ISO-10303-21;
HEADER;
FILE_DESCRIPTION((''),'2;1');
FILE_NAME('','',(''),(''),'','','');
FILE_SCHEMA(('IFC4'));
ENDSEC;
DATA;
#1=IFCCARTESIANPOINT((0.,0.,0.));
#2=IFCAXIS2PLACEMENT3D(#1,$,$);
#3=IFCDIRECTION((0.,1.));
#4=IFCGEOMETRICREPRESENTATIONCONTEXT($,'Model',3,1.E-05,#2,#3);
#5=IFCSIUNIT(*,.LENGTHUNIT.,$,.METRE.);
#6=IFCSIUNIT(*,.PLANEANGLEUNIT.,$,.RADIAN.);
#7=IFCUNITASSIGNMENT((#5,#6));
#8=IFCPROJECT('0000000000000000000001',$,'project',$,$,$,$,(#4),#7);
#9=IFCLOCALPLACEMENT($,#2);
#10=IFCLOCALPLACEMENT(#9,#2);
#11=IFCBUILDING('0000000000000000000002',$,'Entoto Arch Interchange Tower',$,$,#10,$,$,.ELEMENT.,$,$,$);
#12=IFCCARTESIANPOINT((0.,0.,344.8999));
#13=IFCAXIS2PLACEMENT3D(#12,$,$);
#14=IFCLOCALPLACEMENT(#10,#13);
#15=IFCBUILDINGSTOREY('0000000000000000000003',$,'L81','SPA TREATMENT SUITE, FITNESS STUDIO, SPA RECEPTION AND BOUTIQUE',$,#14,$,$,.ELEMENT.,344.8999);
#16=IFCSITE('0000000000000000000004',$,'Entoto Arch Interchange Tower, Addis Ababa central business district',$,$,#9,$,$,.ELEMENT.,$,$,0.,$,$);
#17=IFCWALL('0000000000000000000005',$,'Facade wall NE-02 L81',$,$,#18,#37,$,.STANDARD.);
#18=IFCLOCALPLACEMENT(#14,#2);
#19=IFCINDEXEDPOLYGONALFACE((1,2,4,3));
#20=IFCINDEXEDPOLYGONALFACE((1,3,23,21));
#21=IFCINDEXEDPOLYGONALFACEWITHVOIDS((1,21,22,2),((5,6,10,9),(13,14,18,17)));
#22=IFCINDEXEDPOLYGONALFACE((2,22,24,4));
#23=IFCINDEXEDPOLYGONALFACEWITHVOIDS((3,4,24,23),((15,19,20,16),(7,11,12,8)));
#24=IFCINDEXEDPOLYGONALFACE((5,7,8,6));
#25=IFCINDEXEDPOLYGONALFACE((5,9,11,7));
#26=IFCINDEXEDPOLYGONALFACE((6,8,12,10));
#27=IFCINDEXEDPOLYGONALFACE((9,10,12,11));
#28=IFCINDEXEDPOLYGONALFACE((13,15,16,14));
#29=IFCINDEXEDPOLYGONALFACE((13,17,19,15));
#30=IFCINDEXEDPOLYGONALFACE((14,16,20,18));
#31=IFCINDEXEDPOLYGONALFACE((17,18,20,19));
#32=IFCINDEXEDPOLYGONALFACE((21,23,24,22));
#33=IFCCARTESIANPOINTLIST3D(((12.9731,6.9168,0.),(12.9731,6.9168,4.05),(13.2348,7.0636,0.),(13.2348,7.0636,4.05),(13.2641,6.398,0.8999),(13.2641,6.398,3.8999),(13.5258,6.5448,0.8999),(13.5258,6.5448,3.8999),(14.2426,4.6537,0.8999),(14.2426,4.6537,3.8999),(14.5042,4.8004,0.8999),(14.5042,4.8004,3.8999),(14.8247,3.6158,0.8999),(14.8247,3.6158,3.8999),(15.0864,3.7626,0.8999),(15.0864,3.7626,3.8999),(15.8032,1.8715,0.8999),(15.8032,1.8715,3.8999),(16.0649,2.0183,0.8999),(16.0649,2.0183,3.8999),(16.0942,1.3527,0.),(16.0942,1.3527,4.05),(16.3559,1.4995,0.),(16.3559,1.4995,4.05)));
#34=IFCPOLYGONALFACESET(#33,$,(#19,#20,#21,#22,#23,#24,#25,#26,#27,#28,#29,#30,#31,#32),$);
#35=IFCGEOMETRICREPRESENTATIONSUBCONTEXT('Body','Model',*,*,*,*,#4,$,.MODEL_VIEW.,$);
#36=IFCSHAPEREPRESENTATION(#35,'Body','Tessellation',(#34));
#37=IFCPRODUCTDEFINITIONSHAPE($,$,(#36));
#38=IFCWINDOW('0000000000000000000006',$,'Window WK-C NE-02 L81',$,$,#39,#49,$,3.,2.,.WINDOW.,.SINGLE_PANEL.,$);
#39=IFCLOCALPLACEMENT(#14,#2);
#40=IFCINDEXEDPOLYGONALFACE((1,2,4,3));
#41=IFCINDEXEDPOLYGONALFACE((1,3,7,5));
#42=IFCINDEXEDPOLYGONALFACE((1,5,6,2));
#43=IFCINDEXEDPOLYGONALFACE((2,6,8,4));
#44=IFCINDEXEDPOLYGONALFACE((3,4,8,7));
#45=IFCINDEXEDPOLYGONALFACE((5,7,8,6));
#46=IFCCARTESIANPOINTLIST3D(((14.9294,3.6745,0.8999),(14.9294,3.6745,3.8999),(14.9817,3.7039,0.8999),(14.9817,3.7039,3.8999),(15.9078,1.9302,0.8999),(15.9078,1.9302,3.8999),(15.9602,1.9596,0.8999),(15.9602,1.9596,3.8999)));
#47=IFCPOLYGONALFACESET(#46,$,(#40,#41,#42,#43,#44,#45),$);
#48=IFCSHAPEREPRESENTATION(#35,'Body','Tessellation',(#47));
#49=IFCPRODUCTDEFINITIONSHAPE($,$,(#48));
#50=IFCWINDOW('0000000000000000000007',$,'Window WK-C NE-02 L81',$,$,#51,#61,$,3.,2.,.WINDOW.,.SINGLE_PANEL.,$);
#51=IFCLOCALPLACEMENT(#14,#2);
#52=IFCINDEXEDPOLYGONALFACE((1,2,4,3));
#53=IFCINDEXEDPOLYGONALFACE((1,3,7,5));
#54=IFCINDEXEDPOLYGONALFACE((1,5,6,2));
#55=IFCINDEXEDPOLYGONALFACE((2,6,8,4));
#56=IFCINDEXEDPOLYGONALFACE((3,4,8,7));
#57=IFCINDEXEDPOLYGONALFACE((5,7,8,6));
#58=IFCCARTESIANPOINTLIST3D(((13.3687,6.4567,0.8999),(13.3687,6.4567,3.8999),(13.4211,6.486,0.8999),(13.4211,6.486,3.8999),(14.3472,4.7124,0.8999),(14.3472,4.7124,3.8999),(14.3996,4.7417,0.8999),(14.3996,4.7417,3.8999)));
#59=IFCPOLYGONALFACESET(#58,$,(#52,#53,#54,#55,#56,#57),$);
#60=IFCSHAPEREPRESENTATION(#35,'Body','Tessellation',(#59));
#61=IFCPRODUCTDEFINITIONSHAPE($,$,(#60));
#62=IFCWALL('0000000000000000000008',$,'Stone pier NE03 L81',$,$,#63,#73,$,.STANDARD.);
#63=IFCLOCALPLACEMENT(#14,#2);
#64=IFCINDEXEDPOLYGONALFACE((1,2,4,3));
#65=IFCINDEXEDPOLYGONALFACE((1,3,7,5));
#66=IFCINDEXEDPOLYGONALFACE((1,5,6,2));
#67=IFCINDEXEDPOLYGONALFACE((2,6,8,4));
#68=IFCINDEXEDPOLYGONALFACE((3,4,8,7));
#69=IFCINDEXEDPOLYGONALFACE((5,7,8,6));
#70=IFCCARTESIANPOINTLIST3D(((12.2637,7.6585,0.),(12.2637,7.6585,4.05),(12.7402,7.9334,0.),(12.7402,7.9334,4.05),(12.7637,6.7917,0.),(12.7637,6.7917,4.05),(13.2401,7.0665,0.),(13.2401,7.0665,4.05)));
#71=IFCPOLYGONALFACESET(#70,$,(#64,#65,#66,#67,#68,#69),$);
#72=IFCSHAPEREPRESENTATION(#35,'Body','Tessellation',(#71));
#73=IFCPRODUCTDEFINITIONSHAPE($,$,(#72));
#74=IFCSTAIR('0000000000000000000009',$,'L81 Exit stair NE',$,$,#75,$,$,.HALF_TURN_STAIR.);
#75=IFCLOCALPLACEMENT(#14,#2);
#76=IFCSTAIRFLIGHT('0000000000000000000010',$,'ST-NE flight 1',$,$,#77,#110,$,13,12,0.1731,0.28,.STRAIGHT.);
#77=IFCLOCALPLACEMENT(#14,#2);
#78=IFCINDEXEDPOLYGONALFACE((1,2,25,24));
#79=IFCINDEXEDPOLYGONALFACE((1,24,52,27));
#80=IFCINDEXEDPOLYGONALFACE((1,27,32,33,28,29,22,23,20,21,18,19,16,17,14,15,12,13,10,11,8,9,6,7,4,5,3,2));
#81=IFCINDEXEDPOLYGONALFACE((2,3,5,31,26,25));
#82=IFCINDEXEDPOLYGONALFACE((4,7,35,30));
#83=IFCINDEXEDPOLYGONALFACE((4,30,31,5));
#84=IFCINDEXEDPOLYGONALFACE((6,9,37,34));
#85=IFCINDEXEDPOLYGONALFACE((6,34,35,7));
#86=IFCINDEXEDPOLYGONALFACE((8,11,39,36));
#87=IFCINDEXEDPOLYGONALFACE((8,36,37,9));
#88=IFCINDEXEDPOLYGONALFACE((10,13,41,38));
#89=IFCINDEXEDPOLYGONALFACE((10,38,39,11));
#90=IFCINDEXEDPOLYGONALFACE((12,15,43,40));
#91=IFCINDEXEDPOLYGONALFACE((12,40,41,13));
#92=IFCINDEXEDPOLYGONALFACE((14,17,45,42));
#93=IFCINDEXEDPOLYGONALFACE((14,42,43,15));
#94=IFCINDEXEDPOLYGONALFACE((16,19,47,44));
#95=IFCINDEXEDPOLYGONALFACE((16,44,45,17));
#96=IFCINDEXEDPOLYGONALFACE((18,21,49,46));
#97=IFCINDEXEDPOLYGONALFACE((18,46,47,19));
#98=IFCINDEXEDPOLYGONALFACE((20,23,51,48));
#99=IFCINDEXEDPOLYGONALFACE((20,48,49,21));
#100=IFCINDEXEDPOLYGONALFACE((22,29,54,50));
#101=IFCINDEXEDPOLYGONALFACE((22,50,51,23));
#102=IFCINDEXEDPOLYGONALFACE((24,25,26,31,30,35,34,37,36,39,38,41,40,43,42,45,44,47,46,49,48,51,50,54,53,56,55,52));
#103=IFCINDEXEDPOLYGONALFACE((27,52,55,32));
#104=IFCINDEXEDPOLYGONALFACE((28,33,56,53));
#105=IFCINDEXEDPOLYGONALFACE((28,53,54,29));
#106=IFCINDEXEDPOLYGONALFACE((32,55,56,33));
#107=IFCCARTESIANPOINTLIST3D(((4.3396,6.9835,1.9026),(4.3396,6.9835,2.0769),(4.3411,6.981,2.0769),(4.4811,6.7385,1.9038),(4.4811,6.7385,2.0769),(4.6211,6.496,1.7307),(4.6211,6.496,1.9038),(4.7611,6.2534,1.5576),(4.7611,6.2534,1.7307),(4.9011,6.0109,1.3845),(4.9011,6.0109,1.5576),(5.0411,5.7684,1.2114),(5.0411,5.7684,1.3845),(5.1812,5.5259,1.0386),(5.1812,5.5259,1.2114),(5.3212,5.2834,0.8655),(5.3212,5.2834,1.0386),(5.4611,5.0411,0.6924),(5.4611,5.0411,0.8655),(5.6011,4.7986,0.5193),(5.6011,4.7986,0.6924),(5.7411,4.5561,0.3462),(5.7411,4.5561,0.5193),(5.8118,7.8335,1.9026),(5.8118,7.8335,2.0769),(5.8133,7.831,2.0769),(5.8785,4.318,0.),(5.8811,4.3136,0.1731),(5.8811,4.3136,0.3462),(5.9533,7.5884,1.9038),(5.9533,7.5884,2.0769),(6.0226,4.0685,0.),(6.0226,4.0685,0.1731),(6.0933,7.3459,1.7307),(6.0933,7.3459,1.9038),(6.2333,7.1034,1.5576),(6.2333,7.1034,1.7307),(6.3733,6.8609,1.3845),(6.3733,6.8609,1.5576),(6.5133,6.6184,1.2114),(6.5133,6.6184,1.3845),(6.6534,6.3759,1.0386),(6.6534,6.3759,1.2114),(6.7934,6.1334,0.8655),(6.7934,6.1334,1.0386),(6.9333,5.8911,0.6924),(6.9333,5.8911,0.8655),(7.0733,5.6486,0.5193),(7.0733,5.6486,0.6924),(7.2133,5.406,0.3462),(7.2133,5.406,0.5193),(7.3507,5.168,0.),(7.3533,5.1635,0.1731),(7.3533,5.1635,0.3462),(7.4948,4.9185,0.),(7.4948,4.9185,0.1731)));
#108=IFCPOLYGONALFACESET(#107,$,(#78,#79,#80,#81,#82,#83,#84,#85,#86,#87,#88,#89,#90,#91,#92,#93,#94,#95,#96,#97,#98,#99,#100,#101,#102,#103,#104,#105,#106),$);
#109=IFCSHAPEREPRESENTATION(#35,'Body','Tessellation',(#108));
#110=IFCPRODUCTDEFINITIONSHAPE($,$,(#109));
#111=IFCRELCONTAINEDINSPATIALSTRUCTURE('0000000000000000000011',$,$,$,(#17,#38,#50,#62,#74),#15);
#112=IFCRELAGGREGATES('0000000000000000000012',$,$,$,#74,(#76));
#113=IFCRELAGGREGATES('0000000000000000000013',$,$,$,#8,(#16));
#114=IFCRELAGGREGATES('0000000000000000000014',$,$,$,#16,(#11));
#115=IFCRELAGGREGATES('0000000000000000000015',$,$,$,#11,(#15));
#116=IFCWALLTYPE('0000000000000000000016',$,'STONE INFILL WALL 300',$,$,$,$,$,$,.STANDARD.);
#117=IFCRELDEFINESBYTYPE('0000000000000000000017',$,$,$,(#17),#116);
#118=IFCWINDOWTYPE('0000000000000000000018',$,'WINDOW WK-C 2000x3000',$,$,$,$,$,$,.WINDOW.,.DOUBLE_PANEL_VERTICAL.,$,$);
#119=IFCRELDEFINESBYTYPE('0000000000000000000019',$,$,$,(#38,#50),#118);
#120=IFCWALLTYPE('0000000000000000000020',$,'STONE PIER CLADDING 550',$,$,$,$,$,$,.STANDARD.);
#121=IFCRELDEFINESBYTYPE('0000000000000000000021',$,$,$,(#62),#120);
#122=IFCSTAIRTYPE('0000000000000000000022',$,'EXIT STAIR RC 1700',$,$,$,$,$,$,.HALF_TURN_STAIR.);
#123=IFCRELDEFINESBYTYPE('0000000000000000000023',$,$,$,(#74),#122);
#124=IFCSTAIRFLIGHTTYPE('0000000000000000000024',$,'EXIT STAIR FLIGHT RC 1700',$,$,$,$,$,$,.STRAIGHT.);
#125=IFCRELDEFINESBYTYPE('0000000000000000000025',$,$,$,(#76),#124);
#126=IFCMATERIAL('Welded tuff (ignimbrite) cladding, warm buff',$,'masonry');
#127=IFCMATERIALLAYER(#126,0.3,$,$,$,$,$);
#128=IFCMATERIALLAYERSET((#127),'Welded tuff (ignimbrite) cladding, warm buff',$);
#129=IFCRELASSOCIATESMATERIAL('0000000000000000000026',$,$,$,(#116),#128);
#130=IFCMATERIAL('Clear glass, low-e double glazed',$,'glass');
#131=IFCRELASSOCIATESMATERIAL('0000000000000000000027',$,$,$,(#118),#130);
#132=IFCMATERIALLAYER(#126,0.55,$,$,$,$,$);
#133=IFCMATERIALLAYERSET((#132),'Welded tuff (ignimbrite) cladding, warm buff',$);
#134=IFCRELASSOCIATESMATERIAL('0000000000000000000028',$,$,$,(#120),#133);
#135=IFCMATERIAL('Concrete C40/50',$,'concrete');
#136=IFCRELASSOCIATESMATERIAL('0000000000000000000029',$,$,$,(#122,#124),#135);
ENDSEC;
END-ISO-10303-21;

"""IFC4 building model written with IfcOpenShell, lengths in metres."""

from ifc_helpers import new_model, si_unit, direction, frame, frame_2d, origin, place, context, subcontext, project, spatial, polyline, rectangle, outline, extrude, material, layer, layer_set, type_object, element, fill, aggregate, save


model = new_model("IFC4")

# Units and contexts
model_context = context("Model", 3, precision=1e-05, world=origin(), true_north=direction((0.0, 1.0)))
body_context = subcontext(model_context, "Body", "Model", "MODEL_VIEW")
ifc_project = project(units=[si_unit("LENGTHUNIT", "METRE"), si_unit("PLANEANGLEUNIT", "RADIAN")], contexts=[model_context])

# Site, building, storey
site_placement = place(None, origin())
site = spatial("IfcSite", under=ifc_project, at=site_placement, Name="Entoto Arch Interchange Tower, Addis Ababa central business district", CompositionType="ELEMENT", RefElevation=0.0)
building_placement = place(site_placement, origin())
building = spatial("IfcBuilding", under=site, at=building_placement, Name="Entoto Arch Interchange Tower", CompositionType="ELEMENT")
storey_placement = place(building_placement, frame((0.0, 0.0, 344.8999)))
storey = spatial("IfcBuildingStorey", under=building, at=storey_placement, Name="L81", Description="SPA TREATMENT SUITE, FITNESS STUDIO, SPA RECEPTION AND BOUTIQUE", CompositionType="ELEMENT", Elevation=344.8999)

# Shared definitions
ifc_material_1 = material(Name="Concrete C40/50", Category="concrete")

# Wall, openings, windows
ifc_material_2 = material(Name="Welded tuff (ignimbrite) cladding, warm buff", Category="masonry")
ifc_layer_1 = layer(ifc_material_2, 0.3)
ifc_layer_set_1 = layer_set([ifc_layer_1], Name="Welded tuff (ignimbrite) cladding, warm buff")
wall_type_1 = type_object("IfcWallType", Name="STONE INFILL WALL 300", PredefinedType="STANDARD", material=ifc_layer_set_1)
wall_1_placement = place(storey_placement, frame((16.2251, 1.426, 0.0), z_axis=(0.0, 0.0, 1.0), x_axis=(-0.489233, 0.872153, 0.0)))
wall_1 = element("IfcWall", 1, at=wall_1_placement, inside=storey, type_object=wall_type_1, Name="Facade wall NE-02 L81", PredefinedType="STANDARD", context=body_context, shape_type="SweptSolid", body=[
    extrude(rectangle(XDim=6.3796, YDim=0.3, at=frame_2d((3.1899, 0.0))), origin(), (0.0, 0.0, 1.0), 4.05),
])
opening_1_placement = place(wall_1_placement, frame((0.595, 0.0, 0.8999)))
opening_1 = element("IfcOpeningElement", 2, at=opening_1_placement, cuts=wall_1, PredefinedType="OPENING", context=body_context, shape_type="SweptSolid", body=[
    extrude(rectangle(XDim=2.0, YDim=3.0, at=frame_2d((1.0, 1.5))), frame((0.0, 0.1602, 0.0), z_axis=(0.0, -1.0, 0.0), x_axis=(1.0, 0.0, 0.0)), (0.0, 0.0, 1.0), 0.3201),
])
opening_2_placement = place(wall_1_placement, frame((3.7849, 0.0, 0.8999)))
opening_2 = element("IfcOpeningElement", 3, at=opening_2_placement, cuts=wall_1, PredefinedType="OPENING", context=body_context, shape_type="SweptSolid", body=[
    extrude(rectangle(XDim=2.0, YDim=3.0, at=frame_2d((1.0, 1.5))), frame((0.0, 0.1602, 0.0), z_axis=(0.0, -1.0, 0.0), x_axis=(1.0, 0.0, 0.0)), (0.0, 0.0, 1.0), 0.3201),
])
ifc_material_3 = material(Name="Clear glass, low-e double glazed", Category="glass")
window_type = type_object("IfcWindowType", Name="WINDOW WK-C 2000x3000", PartitioningType="DOUBLE_PANEL_VERTICAL", PredefinedType="WINDOW", material=ifc_material_3)
window_1_placement = place(opening_1_placement, origin())
window_1 = element("IfcWindow", 4, at=window_1_placement, inside=storey, type_object=window_type, Name="Window WK-C NE-02 L81", OverallHeight=3.0, OverallWidth=2.0, PartitioningType="SINGLE_PANEL", PredefinedType="WINDOW", context=body_context, shape_type="SweptSolid", body=[
    extrude(rectangle(XDim=2.0, YDim=3.0, at=frame_2d((1.0, 1.5))), frame((0.0, 0.03, 0.0), z_axis=(0.0, -1.0, 0.0), x_axis=(1.0, 0.0, 0.0)), (0.0, 0.0, 1.0), 0.0601),
])
fill(opening_1, window_1)
window_2_placement = place(opening_2_placement, origin())
window_2 = element("IfcWindow", 5, at=window_2_placement, inside=storey, type_object=window_type, Name="Window WK-C NE-02 L81", OverallHeight=3.0, OverallWidth=2.0, PartitioningType="SINGLE_PANEL", PredefinedType="WINDOW", context=body_context, shape_type="SweptSolid", body=[
    extrude(rectangle(XDim=2.0, YDim=3.0, at=frame_2d((1.0, 1.5))), frame((0.0, 0.03, 0.0), z_axis=(0.0, -1.0, 0.0), x_axis=(1.0, 0.0, 0.0)), (0.0, 0.0, 1.0), 0.0601),
])
fill(opening_2, window_2)

# Wall
ifc_layer_2 = layer(ifc_material_2, 0.55)
ifc_layer_set_2 = layer_set([ifc_layer_2], Name="Welded tuff (ignimbrite) cladding, warm buff")
wall_type_2 = type_object("IfcWallType", Name="STONE PIER CLADDING 550", PredefinedType="STANDARD", material=ifc_layer_set_2)
wall_2_placement = place(storey_placement, frame((13.002, 6.929, 0.0), z_axis=(0.0, 0.0, 1.0), x_axis=(-0.499603, 0.866255, 0.0)))
element("IfcWall", 6, at=wall_2_placement, inside=storey, type_object=wall_type_2, Name="Stone pier NE03 L81", PredefinedType="STANDARD", context=body_context, shape_type="SweptSolid", body=[
    extrude(rectangle(XDim=1.0007, YDim=0.55, at=frame_2d((0.5005, 0.0))), origin(), (0.0, 0.0, 1.0), 4.05),
])

# Stair, stair flight
stair_type = type_object("IfcStairType", Name="EXIT STAIR RC 1700", PredefinedType="HALF_TURN_STAIR", material=ifc_material_1)
stair_placement = place(storey_placement, origin())
stair = element("IfcStair", 7, at=stair_placement, inside=storey, type_object=stair_type, Name="L81 Exit stair NE", PredefinedType="HALF_TURN_STAIR")
stair_flight_type = type_object("IfcStairFlightType", Name="EXIT STAIR FLIGHT RC 1700", PredefinedType="STRAIGHT", material=ifc_material_1)
stair_flight_placement = place(storey_placement, frame((6.7573, 4.4961, 0.0), z_axis=(0.0, 0.0, 1.0), x_axis=(-0.5, 0.866025, 0.0)))
stair_flight = element("IfcStairFlight", 8, at=stair_flight_placement, type_object=stair_flight_type, Name="ST-NE flight 1", NumberOfRisers=13, NumberOfTreads=12, PredefinedType="STRAIGHT", RiserHeight=0.1731, TreadLength=0.28, context=body_context, shape_type="SweptSolid", body=[
    extrude(outline(polyline([(-0.0029, 0.0), (-0.0029, 0.1731), (0.28, 0.1731), (0.28, 0.3462), (0.5601, 0.3462), (0.5601, 0.5193), (0.8401, 0.5193), (0.8401, 0.6924), (1.1201, 0.6924), (1.1201, 0.8655), (1.3999, 0.8655), (1.3999, 1.0386), (1.6799, 1.0386), (1.6799, 1.2114), (1.96, 1.2114), (1.96, 1.3845), (2.24, 1.3845), (2.24, 1.5576), (2.52, 1.5576), (2.52, 1.7307), (2.8, 1.7307), (2.8, 1.9038), (3.0801, 1.9038), (3.0801, 2.0769), (3.3601, 2.0769), (3.363, 2.0769), (3.363, 1.9026), (0.2852, 0.0), (-0.0029, 0.0)])), frame((0.0, 0.8501, 0.0), z_axis=(0.0, -1.0, 0.0), x_axis=(1.0, 0.0, 0.0)), (0.0, 0.0, 1.0), 1.7),
])
aggregate(stair, [stair_flight])

save(model, "model.ifc")
